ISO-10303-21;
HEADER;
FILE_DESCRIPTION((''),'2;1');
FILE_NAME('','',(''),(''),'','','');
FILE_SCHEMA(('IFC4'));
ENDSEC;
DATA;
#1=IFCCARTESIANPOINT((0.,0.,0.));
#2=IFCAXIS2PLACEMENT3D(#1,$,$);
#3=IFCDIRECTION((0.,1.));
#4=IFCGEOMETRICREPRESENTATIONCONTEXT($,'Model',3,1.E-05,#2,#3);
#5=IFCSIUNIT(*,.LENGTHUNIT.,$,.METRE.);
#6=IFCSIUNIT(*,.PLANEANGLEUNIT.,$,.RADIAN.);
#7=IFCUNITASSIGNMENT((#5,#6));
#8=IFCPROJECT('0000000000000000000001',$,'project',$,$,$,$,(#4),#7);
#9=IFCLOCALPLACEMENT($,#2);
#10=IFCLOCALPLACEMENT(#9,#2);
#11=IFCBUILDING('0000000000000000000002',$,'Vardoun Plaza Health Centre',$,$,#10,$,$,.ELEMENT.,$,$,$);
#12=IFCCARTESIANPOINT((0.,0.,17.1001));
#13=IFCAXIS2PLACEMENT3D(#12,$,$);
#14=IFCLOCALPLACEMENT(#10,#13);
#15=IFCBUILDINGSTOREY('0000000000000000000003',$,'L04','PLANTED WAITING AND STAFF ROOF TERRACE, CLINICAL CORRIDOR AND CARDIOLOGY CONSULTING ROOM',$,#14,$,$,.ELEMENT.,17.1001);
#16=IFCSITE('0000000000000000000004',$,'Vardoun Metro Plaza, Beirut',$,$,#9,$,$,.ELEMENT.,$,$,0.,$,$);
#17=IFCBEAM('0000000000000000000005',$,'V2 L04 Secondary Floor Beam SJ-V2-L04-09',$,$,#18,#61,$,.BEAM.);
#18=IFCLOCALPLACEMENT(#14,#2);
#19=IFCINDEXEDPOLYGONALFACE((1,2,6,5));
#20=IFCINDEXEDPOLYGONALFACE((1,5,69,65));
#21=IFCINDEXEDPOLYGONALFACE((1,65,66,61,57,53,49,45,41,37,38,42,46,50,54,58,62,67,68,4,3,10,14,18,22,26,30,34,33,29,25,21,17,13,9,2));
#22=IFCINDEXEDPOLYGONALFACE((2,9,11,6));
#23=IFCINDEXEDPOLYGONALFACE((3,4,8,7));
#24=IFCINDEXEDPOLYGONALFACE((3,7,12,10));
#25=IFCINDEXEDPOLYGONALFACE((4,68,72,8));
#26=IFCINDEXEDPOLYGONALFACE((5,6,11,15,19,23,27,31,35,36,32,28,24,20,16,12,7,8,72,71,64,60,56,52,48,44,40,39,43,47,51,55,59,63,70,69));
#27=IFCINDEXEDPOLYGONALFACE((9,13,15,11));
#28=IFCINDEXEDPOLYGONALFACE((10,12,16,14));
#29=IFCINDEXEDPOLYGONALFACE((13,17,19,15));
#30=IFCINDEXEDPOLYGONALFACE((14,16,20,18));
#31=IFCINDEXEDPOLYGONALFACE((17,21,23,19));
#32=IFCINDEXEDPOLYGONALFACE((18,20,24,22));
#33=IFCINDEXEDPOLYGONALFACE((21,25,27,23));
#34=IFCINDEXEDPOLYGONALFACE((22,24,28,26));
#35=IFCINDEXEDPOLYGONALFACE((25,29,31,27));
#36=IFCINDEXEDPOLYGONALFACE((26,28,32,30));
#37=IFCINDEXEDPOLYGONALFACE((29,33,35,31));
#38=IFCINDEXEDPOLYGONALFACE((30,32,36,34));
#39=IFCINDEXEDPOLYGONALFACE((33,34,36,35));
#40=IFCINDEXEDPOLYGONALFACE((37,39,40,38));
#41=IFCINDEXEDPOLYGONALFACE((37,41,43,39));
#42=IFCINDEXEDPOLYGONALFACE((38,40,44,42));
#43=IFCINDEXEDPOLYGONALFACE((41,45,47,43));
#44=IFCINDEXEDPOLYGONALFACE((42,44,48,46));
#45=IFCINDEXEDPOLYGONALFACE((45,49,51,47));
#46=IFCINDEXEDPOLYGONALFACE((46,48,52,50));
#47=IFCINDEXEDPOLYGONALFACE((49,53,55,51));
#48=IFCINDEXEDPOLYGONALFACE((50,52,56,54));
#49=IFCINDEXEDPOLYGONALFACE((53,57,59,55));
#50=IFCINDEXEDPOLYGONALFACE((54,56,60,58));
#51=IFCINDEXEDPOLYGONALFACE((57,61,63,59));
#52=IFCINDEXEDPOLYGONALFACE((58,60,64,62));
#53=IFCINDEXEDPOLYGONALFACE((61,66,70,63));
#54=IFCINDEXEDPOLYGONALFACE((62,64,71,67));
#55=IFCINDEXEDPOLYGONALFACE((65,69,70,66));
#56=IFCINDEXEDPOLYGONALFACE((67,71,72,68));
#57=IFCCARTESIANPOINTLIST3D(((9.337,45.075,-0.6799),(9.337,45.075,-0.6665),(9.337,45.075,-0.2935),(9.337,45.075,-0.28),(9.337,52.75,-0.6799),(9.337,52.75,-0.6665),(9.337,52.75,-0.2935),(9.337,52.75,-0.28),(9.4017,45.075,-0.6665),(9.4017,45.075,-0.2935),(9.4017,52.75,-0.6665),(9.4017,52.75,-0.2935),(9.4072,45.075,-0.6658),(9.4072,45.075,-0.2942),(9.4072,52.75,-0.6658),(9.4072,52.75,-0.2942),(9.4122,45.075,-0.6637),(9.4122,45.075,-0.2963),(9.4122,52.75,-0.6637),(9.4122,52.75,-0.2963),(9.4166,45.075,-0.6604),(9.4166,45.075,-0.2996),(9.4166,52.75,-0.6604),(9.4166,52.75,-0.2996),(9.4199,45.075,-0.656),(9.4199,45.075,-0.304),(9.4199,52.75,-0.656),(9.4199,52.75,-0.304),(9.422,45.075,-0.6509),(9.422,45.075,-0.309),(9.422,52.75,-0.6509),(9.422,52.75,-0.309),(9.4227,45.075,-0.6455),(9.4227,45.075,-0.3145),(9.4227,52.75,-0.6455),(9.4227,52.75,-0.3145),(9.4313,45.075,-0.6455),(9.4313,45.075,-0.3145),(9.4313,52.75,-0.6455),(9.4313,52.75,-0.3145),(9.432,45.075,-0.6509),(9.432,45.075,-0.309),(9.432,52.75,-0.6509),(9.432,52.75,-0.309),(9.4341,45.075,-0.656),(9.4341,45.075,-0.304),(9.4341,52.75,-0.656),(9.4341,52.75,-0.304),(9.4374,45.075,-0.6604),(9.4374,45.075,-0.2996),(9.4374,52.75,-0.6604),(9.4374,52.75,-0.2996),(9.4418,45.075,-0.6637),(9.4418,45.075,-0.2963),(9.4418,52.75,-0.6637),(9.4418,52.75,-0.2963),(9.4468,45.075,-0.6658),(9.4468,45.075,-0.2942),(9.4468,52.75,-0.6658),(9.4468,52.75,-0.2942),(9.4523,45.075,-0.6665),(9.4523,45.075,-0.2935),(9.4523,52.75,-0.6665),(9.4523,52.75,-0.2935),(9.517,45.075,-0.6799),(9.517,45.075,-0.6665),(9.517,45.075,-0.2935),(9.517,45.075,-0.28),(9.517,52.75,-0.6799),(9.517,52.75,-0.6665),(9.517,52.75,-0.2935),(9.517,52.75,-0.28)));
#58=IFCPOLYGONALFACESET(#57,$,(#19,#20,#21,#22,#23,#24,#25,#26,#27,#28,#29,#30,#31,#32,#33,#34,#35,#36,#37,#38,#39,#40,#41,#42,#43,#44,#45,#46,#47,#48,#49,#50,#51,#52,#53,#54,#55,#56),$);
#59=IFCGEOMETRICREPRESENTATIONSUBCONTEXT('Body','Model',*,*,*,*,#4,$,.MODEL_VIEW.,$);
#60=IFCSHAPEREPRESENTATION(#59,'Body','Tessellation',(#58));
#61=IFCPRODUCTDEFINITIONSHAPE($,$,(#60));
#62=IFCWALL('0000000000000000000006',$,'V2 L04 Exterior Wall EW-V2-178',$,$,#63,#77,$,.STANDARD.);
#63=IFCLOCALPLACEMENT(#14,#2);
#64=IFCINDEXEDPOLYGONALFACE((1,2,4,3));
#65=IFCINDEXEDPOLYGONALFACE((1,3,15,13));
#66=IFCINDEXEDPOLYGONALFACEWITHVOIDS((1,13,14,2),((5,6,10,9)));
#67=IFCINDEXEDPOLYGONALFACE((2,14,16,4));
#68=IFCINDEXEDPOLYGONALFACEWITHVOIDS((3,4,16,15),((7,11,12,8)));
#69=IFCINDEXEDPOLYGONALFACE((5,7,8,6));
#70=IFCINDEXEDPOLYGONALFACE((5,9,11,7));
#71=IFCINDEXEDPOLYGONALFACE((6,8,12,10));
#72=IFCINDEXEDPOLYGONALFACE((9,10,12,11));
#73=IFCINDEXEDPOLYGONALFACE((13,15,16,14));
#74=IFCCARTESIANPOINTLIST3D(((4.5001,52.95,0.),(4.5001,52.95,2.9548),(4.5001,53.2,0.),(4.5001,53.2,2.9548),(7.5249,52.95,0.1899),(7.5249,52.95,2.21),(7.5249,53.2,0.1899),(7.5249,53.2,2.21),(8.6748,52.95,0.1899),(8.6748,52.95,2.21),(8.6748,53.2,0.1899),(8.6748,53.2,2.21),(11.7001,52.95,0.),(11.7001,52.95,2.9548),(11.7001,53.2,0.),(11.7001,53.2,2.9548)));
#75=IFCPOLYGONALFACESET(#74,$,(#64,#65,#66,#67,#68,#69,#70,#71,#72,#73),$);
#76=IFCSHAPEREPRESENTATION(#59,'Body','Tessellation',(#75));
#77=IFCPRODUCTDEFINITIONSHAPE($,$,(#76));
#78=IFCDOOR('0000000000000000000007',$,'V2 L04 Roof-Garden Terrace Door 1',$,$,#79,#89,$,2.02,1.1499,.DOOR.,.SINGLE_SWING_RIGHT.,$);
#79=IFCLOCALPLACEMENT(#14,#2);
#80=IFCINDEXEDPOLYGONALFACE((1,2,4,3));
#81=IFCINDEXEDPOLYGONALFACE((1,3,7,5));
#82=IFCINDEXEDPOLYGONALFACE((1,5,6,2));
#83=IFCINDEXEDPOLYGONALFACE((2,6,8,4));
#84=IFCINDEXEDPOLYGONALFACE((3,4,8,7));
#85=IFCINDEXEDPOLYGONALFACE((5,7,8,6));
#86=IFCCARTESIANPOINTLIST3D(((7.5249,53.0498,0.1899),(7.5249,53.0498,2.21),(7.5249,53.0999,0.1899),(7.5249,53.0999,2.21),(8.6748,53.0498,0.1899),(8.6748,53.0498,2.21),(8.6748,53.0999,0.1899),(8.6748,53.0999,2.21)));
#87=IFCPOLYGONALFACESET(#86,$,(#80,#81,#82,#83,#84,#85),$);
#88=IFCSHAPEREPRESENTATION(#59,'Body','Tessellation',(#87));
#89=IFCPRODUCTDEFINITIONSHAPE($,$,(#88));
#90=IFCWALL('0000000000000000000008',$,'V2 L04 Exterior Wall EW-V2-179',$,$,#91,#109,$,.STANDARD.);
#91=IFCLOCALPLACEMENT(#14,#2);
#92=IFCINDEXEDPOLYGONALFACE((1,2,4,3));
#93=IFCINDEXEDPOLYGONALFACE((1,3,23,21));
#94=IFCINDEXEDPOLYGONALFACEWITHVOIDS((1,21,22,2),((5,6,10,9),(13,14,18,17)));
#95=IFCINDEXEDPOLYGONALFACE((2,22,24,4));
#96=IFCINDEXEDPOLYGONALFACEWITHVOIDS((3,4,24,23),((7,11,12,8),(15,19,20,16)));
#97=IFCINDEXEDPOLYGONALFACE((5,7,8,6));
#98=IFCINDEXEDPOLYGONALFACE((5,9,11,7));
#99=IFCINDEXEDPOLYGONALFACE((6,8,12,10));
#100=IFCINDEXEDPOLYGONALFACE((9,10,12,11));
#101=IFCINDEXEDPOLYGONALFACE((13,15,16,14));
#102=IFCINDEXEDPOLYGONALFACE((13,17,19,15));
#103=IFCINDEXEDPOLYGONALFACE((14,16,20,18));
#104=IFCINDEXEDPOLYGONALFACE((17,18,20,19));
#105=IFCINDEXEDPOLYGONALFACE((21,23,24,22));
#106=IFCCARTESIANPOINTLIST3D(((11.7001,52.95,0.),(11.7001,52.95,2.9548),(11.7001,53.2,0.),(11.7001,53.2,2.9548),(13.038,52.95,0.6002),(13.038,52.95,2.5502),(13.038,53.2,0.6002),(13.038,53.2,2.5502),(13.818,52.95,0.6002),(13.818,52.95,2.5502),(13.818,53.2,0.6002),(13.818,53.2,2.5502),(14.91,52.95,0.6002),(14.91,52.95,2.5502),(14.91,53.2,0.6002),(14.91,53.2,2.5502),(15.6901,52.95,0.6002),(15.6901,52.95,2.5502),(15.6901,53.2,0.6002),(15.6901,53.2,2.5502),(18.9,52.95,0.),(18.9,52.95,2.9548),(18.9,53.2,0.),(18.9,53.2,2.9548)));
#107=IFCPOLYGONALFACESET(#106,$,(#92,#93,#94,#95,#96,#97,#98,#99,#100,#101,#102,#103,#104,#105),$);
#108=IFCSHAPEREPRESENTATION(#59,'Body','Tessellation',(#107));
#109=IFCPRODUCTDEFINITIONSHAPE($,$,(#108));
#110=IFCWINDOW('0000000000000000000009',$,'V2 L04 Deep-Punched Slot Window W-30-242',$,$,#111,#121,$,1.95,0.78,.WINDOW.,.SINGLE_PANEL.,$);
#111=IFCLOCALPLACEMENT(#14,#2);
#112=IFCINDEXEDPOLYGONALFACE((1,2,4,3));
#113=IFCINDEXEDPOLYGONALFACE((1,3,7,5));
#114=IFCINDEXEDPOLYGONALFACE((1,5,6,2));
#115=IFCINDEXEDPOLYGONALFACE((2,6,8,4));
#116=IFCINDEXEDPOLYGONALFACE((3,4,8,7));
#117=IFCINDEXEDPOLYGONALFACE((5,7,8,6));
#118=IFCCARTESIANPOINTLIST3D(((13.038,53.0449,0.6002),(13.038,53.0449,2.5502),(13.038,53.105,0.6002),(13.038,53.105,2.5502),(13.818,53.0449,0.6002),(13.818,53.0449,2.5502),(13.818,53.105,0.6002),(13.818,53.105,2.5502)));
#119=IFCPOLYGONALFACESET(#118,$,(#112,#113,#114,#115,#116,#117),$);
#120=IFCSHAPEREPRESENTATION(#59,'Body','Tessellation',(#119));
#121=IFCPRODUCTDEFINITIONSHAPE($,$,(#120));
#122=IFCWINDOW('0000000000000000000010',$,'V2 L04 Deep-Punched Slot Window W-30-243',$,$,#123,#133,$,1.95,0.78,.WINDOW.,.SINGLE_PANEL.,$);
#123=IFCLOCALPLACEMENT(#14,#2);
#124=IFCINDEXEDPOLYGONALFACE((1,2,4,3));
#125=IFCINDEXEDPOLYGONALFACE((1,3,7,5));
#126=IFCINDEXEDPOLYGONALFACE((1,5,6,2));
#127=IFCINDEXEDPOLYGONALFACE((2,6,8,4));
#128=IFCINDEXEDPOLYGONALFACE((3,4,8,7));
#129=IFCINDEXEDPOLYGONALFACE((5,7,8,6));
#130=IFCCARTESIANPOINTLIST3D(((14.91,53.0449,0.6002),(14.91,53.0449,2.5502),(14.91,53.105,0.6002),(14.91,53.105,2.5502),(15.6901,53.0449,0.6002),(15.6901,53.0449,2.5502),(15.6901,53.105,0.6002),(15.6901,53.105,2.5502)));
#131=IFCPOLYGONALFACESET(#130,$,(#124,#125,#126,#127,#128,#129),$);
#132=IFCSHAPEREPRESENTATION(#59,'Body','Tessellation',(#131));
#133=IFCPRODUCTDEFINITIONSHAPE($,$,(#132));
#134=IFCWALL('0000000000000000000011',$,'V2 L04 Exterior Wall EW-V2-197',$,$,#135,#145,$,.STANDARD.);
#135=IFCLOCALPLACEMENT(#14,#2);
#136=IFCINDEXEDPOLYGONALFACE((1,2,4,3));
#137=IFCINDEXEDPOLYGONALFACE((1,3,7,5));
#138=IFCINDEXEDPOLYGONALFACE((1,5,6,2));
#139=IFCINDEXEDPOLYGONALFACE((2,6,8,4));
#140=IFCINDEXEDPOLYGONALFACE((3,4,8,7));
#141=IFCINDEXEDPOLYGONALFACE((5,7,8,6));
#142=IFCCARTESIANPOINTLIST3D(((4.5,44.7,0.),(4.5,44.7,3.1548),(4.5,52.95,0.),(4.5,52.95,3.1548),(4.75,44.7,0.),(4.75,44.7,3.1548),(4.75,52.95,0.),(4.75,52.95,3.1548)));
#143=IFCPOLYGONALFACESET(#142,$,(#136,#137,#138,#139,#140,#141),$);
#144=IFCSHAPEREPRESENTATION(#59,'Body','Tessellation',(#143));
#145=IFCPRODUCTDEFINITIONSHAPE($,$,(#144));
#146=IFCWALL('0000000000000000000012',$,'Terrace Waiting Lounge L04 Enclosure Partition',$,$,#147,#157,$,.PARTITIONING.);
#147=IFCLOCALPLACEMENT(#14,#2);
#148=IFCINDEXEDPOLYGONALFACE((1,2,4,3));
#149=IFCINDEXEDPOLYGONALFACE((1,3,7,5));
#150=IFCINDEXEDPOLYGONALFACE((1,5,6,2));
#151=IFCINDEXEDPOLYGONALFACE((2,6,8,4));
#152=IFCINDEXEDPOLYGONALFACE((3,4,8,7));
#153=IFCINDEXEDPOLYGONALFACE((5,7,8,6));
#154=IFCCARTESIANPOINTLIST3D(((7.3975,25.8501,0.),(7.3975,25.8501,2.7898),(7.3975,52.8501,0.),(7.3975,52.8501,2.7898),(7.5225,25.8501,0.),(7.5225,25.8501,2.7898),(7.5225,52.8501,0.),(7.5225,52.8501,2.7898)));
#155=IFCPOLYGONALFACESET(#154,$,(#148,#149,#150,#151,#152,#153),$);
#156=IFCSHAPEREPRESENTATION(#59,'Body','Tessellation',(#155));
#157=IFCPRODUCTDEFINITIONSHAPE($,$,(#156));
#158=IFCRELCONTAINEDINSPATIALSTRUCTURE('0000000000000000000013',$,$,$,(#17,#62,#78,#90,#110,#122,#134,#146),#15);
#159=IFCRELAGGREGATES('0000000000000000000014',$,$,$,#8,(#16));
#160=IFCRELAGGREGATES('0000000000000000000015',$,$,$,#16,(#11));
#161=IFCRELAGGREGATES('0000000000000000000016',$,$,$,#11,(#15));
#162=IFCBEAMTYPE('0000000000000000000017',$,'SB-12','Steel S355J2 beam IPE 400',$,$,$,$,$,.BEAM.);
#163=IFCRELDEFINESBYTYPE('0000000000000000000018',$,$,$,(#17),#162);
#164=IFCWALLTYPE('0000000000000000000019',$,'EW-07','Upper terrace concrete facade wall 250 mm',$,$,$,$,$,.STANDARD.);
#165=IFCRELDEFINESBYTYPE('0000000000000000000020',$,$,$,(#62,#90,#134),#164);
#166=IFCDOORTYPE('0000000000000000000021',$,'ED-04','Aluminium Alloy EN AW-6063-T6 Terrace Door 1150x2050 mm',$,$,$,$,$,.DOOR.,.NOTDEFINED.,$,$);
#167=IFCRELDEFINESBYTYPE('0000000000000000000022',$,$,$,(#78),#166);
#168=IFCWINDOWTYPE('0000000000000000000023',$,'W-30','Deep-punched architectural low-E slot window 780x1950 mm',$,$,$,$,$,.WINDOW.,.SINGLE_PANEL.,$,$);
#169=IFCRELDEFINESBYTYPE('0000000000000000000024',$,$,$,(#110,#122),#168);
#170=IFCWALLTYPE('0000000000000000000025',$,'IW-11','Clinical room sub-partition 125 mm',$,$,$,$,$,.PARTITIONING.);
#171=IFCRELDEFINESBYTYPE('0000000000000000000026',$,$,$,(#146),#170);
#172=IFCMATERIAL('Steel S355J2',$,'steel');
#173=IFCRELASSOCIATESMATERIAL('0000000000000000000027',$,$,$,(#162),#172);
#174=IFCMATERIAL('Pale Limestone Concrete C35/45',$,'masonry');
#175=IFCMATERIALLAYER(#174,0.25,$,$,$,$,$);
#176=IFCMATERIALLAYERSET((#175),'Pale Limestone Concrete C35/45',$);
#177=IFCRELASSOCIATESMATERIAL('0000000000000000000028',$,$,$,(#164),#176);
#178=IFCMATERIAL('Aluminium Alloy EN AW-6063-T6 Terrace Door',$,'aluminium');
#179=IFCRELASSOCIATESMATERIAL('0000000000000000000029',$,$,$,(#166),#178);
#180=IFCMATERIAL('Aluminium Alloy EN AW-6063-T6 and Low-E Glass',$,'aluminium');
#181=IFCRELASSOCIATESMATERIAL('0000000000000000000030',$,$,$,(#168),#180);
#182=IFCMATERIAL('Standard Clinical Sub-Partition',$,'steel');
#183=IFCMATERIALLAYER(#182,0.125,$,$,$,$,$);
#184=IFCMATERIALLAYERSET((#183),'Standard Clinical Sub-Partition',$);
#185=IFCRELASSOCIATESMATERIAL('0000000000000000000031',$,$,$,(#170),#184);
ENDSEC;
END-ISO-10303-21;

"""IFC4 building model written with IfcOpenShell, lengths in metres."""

from ifc_helpers import new_model, si_unit, direction, frame, frame_2d, origin, origin_2d, place, context, subcontext, project, spatial, rectangle, i_section, extrude, material, layer, layer_set, material_profile, profile_set, type_object, element, fill, save


model = new_model("IFC4")

# Units and contexts
model_context = context("Model", 3, precision=1e-05, world=origin(), true_north=direction((0.0, 1.0)))
body_context = subcontext(model_context, "Body", "Model", "MODEL_VIEW")
ifc_project = project(units=[si_unit("LENGTHUNIT", "METRE"), si_unit("PLANEANGLEUNIT", "RADIAN")], contexts=[model_context])

# Site, building, storey
site_placement = place(None, origin())
site = spatial("IfcSite", under=ifc_project, at=site_placement, Name="Vardoun Metro Plaza, Beirut", CompositionType="ELEMENT", RefElevation=0.0)
building_placement = place(site_placement, origin())
building = spatial("IfcBuilding", under=site, at=building_placement, Name="Vardoun Plaza Health Centre", CompositionType="ELEMENT")
storey_placement = place(building_placement, frame((0.0, 0.0, 17.1001)))
storey = spatial("IfcBuildingStorey", under=building, at=storey_placement, Name="L04", Description="PLANTED WAITING AND STAFF ROOF TERRACE, CLINICAL CORRIDOR AND CARDIOLOGY CONSULTING ROOM", CompositionType="ELEMENT", Elevation=17.1001)

# Beam
ifc_material_1 = material(Name="Steel S355J2", Category="steel")
ifc_material_profile_1 = material_profile(ifc_material_1, i_section(OverallWidth=0.1799, OverallDepth=0.3999, WebThickness=0.0085, FlangeThickness=0.0134, FilletRadius=0.021, at=origin_2d()), Name="IPE 400")
ifc_profile_set_1 = profile_set([ifc_material_profile_1], Name="Steel S355J2")
beam_type_1 = type_object("IfcBeamType", Name="SB-12", Description="Steel S355J2 beam IPE 400", PredefinedType="BEAM", material=ifc_profile_set_1)
beam_1_placement = place(storey_placement, frame((9.427, 45.075, -0.48), z_axis=(0.0, 1.0, 0.0), x_axis=(-1.0, 0.0, 0.0)))
element("IfcBeam", 1, at=beam_1_placement, inside=storey, type_object=beam_type_1, Name="V2 L04 Secondary Floor Beam SJ-V2-L04-09", PredefinedType="BEAM", context=body_context, shape_type="SweptSolid", body=[
    extrude(i_section(OverallWidth=0.1799, OverallDepth=0.3999, WebThickness=0.0085, FlangeThickness=0.0134, FilletRadius=0.021, at=origin_2d()), origin(), (0.0, 0.0, 1.0), 7.675),
])

# Wall, opening, door
ifc_material_2 = material(Name="Pale Limestone Concrete C35/45", Category="masonry")
ifc_layer_1 = layer(ifc_material_2, 0.25)
ifc_layer_set_1 = layer_set([ifc_layer_1], Name="Pale Limestone Concrete C35/45")
wall_type_1 = type_object("IfcWallType", Name="EW-07", Description="Upper terrace concrete facade wall 250 mm", PredefinedType="STANDARD", material=ifc_layer_set_1)
wall_1_placement = place(storey_placement, frame((4.5, 53.075, 0.0), z_axis=(0.0, 0.0, 1.0), x_axis=(1.0, 0.0, 0.0)))
wall_1 = element("IfcWall", 2, at=wall_1_placement, inside=storey, type_object=wall_type_1, Name="V2 L04 Exterior Wall EW-V2-178", PredefinedType="STANDARD", context=body_context, shape_type="SweptSolid", body=[
    extrude(rectangle(XDim=7.2, YDim=0.25, at=frame_2d((3.6001, 0.0))), origin(), (0.0, 0.0, 1.0), 2.9548),
])
opening_1_placement = place(wall_1_placement, frame((3.0249, 0.0, 0.1899)))
opening_1 = element("IfcOpeningElement", 3, at=opening_1_placement, cuts=wall_1, PredefinedType="OPENING", context=body_context, shape_type="SweptSolid", body=[
    extrude(rectangle(XDim=1.1499, YDim=2.02, at=frame_2d((0.575, 1.01))), frame((0.0, 0.125, 0.0), z_axis=(0.0, -1.0, 0.0), x_axis=(1.0, 0.0, 0.0)), (0.0, 0.0, 1.0), 0.25),
])
ifc_material_3 = material(Name="Aluminium Alloy EN AW-6063-T6 Terrace Door", Category="aluminium")
door_type = type_object("IfcDoorType", Name="ED-04", Description="Aluminium Alloy EN AW-6063-T6 Terrace Door 1150x2050 mm", OperationType="NOTDEFINED", PredefinedType="DOOR", material=ifc_material_3)
door_placement = place(opening_1_placement, origin())
door = element("IfcDoor", 4, at=door_placement, inside=storey, type_object=door_type, Name="V2 L04 Roof-Garden Terrace Door 1", OperationType="SINGLE_SWING_RIGHT", OverallHeight=2.02, OverallWidth=1.1499, PredefinedType="DOOR", context=body_context, shape_type="SweptSolid", body=[
    extrude(rectangle(XDim=1.1499, YDim=2.02, at=frame_2d((0.575, 1.01))), frame((0.0, 0.0249, 0.0), z_axis=(0.0, -1.0, 0.0), x_axis=(1.0, 0.0, 0.0)), (0.0, 0.0, 1.0), 0.05),
])
fill(opening_1, door)

# Wall, openings, windows
wall_2_placement = place(storey_placement, frame((11.7, 53.075, 0.0), z_axis=(0.0, 0.0, 1.0), x_axis=(1.0, 0.0, 0.0)))
wall_2 = element("IfcWall", 5, at=wall_2_placement, inside=storey, type_object=wall_type_1, Name="V2 L04 Exterior Wall EW-V2-179", PredefinedType="STANDARD", context=body_context, shape_type="SweptSolid", body=[
    extrude(rectangle(XDim=7.2, YDim=0.25, at=frame_2d((3.6001, 0.0))), origin(), (0.0, 0.0, 1.0), 2.9548),
])
opening_2_placement = place(wall_2_placement, frame((1.3379, 0.0, 0.6001)))
opening_2 = element("IfcOpeningElement", 6, at=opening_2_placement, cuts=wall_2, PredefinedType="OPENING", context=body_context, shape_type="SweptSolid", body=[
    extrude(rectangle(XDim=0.78, YDim=1.95, at=frame_2d((0.3901, 0.9751))), frame((0.0, 0.125, 0.0), z_axis=(0.0, -1.0, 0.0), x_axis=(1.0, 0.0, 0.0)), (0.0, 0.0, 1.0), 0.25),
])
opening_3_placement = place(wall_2_placement, frame((3.21, 0.0, 0.6001)))
opening_3 = element("IfcOpeningElement", 7, at=opening_3_placement, cuts=wall_2, PredefinedType="OPENING", context=body_context, shape_type="SweptSolid", body=[
    extrude(rectangle(XDim=0.78, YDim=1.95, at=frame_2d((0.3901, 0.9751))), frame((0.0, 0.125, 0.0), z_axis=(0.0, -1.0, 0.0), x_axis=(1.0, 0.0, 0.0)), (0.0, 0.0, 1.0), 0.25),
])
ifc_material_4 = material(Name="Aluminium Alloy EN AW-6063-T6 and Low-E Glass", Category="aluminium")
window_type = type_object("IfcWindowType", Name="W-30", Description="Deep-punched architectural low-E slot window 780x1950 mm", PartitioningType="SINGLE_PANEL", PredefinedType="WINDOW", material=ifc_material_4)
window_1_placement = place(opening_2_placement, origin())
window_1 = element("IfcWindow", 8, at=window_1_placement, inside=storey, type_object=window_type, Name="V2 L04 Deep-Punched Slot Window W-30-242", OverallHeight=1.95, OverallWidth=0.78, PartitioningType="SINGLE_PANEL", PredefinedType="WINDOW", context=body_context, shape_type="SweptSolid", body=[
    extrude(rectangle(XDim=0.78, YDim=1.95, at=frame_2d((0.3901, 0.9751))), frame((0.0, 0.03, 0.0), z_axis=(0.0, -1.0, 0.0), x_axis=(1.0, 0.0, 0.0)), (0.0, 0.0, 1.0), 0.0601),
])
fill(opening_2, window_1)
window_2_placement = place(opening_3_placement, origin())
window_2 = element("IfcWindow", 9, at=window_2_placement, inside=storey, type_object=window_type, Name="V2 L04 Deep-Punched Slot Window W-30-243", OverallHeight=1.95, OverallWidth=0.78, PartitioningType="SINGLE_PANEL", PredefinedType="WINDOW", context=body_context, shape_type="SweptSolid", body=[
    extrude(rectangle(XDim=0.78, YDim=1.95, at=frame_2d((0.3901, 0.9751))), frame((0.0, 0.03, 0.0), z_axis=(0.0, -1.0, 0.0), x_axis=(1.0, 0.0, 0.0)), (0.0, 0.0, 1.0), 0.0601),
])
fill(opening_3, window_2)

# Walls
wall_3_placement = place(storey_placement, frame((4.625, 44.7, 0.0), z_axis=(0.0, 0.0, 1.0), x_axis=(0.0, 1.0, 0.0)))
element("IfcWall", 10, at=wall_3_placement, inside=storey, type_object=wall_type_1, Name="V2 L04 Exterior Wall EW-V2-197", PredefinedType="STANDARD", context=body_context, shape_type="SweptSolid", body=[
    extrude(rectangle(XDim=8.25, YDim=0.25, at=frame_2d((4.125, 0.0))), origin(), (0.0, 0.0, 1.0), 3.1548),
])
ifc_material_5 = material(Name="Standard Clinical Sub-Partition", Category="steel")
ifc_layer_2 = layer(ifc_material_5, 0.125)
ifc_layer_set_2 = layer_set([ifc_layer_2], Name="Standard Clinical Sub-Partition")
wall_type_2 = type_object("IfcWallType", Name="IW-11", Description="Clinical room sub-partition 125 mm", PredefinedType="PARTITIONING", material=ifc_layer_set_2)
wall_4_placement = place(storey_placement, frame((7.46, 52.8501, 0.0), z_axis=(0.0, 0.0, 1.0), x_axis=(0.0, -1.0, 0.0)))
element("IfcWall", 11, at=wall_4_placement, inside=storey, type_object=wall_type_2, Name="Terrace Waiting Lounge L04 Enclosure Partition", PredefinedType="PARTITIONING", context=body_context, shape_type="SweptSolid", body=[
    extrude(rectangle(XDim=27.0, YDim=0.125, at=frame_2d((13.5, 0.0))), origin(), (0.0, 0.0, 1.0), 2.7898),
])

save(model, "model.ifc")
